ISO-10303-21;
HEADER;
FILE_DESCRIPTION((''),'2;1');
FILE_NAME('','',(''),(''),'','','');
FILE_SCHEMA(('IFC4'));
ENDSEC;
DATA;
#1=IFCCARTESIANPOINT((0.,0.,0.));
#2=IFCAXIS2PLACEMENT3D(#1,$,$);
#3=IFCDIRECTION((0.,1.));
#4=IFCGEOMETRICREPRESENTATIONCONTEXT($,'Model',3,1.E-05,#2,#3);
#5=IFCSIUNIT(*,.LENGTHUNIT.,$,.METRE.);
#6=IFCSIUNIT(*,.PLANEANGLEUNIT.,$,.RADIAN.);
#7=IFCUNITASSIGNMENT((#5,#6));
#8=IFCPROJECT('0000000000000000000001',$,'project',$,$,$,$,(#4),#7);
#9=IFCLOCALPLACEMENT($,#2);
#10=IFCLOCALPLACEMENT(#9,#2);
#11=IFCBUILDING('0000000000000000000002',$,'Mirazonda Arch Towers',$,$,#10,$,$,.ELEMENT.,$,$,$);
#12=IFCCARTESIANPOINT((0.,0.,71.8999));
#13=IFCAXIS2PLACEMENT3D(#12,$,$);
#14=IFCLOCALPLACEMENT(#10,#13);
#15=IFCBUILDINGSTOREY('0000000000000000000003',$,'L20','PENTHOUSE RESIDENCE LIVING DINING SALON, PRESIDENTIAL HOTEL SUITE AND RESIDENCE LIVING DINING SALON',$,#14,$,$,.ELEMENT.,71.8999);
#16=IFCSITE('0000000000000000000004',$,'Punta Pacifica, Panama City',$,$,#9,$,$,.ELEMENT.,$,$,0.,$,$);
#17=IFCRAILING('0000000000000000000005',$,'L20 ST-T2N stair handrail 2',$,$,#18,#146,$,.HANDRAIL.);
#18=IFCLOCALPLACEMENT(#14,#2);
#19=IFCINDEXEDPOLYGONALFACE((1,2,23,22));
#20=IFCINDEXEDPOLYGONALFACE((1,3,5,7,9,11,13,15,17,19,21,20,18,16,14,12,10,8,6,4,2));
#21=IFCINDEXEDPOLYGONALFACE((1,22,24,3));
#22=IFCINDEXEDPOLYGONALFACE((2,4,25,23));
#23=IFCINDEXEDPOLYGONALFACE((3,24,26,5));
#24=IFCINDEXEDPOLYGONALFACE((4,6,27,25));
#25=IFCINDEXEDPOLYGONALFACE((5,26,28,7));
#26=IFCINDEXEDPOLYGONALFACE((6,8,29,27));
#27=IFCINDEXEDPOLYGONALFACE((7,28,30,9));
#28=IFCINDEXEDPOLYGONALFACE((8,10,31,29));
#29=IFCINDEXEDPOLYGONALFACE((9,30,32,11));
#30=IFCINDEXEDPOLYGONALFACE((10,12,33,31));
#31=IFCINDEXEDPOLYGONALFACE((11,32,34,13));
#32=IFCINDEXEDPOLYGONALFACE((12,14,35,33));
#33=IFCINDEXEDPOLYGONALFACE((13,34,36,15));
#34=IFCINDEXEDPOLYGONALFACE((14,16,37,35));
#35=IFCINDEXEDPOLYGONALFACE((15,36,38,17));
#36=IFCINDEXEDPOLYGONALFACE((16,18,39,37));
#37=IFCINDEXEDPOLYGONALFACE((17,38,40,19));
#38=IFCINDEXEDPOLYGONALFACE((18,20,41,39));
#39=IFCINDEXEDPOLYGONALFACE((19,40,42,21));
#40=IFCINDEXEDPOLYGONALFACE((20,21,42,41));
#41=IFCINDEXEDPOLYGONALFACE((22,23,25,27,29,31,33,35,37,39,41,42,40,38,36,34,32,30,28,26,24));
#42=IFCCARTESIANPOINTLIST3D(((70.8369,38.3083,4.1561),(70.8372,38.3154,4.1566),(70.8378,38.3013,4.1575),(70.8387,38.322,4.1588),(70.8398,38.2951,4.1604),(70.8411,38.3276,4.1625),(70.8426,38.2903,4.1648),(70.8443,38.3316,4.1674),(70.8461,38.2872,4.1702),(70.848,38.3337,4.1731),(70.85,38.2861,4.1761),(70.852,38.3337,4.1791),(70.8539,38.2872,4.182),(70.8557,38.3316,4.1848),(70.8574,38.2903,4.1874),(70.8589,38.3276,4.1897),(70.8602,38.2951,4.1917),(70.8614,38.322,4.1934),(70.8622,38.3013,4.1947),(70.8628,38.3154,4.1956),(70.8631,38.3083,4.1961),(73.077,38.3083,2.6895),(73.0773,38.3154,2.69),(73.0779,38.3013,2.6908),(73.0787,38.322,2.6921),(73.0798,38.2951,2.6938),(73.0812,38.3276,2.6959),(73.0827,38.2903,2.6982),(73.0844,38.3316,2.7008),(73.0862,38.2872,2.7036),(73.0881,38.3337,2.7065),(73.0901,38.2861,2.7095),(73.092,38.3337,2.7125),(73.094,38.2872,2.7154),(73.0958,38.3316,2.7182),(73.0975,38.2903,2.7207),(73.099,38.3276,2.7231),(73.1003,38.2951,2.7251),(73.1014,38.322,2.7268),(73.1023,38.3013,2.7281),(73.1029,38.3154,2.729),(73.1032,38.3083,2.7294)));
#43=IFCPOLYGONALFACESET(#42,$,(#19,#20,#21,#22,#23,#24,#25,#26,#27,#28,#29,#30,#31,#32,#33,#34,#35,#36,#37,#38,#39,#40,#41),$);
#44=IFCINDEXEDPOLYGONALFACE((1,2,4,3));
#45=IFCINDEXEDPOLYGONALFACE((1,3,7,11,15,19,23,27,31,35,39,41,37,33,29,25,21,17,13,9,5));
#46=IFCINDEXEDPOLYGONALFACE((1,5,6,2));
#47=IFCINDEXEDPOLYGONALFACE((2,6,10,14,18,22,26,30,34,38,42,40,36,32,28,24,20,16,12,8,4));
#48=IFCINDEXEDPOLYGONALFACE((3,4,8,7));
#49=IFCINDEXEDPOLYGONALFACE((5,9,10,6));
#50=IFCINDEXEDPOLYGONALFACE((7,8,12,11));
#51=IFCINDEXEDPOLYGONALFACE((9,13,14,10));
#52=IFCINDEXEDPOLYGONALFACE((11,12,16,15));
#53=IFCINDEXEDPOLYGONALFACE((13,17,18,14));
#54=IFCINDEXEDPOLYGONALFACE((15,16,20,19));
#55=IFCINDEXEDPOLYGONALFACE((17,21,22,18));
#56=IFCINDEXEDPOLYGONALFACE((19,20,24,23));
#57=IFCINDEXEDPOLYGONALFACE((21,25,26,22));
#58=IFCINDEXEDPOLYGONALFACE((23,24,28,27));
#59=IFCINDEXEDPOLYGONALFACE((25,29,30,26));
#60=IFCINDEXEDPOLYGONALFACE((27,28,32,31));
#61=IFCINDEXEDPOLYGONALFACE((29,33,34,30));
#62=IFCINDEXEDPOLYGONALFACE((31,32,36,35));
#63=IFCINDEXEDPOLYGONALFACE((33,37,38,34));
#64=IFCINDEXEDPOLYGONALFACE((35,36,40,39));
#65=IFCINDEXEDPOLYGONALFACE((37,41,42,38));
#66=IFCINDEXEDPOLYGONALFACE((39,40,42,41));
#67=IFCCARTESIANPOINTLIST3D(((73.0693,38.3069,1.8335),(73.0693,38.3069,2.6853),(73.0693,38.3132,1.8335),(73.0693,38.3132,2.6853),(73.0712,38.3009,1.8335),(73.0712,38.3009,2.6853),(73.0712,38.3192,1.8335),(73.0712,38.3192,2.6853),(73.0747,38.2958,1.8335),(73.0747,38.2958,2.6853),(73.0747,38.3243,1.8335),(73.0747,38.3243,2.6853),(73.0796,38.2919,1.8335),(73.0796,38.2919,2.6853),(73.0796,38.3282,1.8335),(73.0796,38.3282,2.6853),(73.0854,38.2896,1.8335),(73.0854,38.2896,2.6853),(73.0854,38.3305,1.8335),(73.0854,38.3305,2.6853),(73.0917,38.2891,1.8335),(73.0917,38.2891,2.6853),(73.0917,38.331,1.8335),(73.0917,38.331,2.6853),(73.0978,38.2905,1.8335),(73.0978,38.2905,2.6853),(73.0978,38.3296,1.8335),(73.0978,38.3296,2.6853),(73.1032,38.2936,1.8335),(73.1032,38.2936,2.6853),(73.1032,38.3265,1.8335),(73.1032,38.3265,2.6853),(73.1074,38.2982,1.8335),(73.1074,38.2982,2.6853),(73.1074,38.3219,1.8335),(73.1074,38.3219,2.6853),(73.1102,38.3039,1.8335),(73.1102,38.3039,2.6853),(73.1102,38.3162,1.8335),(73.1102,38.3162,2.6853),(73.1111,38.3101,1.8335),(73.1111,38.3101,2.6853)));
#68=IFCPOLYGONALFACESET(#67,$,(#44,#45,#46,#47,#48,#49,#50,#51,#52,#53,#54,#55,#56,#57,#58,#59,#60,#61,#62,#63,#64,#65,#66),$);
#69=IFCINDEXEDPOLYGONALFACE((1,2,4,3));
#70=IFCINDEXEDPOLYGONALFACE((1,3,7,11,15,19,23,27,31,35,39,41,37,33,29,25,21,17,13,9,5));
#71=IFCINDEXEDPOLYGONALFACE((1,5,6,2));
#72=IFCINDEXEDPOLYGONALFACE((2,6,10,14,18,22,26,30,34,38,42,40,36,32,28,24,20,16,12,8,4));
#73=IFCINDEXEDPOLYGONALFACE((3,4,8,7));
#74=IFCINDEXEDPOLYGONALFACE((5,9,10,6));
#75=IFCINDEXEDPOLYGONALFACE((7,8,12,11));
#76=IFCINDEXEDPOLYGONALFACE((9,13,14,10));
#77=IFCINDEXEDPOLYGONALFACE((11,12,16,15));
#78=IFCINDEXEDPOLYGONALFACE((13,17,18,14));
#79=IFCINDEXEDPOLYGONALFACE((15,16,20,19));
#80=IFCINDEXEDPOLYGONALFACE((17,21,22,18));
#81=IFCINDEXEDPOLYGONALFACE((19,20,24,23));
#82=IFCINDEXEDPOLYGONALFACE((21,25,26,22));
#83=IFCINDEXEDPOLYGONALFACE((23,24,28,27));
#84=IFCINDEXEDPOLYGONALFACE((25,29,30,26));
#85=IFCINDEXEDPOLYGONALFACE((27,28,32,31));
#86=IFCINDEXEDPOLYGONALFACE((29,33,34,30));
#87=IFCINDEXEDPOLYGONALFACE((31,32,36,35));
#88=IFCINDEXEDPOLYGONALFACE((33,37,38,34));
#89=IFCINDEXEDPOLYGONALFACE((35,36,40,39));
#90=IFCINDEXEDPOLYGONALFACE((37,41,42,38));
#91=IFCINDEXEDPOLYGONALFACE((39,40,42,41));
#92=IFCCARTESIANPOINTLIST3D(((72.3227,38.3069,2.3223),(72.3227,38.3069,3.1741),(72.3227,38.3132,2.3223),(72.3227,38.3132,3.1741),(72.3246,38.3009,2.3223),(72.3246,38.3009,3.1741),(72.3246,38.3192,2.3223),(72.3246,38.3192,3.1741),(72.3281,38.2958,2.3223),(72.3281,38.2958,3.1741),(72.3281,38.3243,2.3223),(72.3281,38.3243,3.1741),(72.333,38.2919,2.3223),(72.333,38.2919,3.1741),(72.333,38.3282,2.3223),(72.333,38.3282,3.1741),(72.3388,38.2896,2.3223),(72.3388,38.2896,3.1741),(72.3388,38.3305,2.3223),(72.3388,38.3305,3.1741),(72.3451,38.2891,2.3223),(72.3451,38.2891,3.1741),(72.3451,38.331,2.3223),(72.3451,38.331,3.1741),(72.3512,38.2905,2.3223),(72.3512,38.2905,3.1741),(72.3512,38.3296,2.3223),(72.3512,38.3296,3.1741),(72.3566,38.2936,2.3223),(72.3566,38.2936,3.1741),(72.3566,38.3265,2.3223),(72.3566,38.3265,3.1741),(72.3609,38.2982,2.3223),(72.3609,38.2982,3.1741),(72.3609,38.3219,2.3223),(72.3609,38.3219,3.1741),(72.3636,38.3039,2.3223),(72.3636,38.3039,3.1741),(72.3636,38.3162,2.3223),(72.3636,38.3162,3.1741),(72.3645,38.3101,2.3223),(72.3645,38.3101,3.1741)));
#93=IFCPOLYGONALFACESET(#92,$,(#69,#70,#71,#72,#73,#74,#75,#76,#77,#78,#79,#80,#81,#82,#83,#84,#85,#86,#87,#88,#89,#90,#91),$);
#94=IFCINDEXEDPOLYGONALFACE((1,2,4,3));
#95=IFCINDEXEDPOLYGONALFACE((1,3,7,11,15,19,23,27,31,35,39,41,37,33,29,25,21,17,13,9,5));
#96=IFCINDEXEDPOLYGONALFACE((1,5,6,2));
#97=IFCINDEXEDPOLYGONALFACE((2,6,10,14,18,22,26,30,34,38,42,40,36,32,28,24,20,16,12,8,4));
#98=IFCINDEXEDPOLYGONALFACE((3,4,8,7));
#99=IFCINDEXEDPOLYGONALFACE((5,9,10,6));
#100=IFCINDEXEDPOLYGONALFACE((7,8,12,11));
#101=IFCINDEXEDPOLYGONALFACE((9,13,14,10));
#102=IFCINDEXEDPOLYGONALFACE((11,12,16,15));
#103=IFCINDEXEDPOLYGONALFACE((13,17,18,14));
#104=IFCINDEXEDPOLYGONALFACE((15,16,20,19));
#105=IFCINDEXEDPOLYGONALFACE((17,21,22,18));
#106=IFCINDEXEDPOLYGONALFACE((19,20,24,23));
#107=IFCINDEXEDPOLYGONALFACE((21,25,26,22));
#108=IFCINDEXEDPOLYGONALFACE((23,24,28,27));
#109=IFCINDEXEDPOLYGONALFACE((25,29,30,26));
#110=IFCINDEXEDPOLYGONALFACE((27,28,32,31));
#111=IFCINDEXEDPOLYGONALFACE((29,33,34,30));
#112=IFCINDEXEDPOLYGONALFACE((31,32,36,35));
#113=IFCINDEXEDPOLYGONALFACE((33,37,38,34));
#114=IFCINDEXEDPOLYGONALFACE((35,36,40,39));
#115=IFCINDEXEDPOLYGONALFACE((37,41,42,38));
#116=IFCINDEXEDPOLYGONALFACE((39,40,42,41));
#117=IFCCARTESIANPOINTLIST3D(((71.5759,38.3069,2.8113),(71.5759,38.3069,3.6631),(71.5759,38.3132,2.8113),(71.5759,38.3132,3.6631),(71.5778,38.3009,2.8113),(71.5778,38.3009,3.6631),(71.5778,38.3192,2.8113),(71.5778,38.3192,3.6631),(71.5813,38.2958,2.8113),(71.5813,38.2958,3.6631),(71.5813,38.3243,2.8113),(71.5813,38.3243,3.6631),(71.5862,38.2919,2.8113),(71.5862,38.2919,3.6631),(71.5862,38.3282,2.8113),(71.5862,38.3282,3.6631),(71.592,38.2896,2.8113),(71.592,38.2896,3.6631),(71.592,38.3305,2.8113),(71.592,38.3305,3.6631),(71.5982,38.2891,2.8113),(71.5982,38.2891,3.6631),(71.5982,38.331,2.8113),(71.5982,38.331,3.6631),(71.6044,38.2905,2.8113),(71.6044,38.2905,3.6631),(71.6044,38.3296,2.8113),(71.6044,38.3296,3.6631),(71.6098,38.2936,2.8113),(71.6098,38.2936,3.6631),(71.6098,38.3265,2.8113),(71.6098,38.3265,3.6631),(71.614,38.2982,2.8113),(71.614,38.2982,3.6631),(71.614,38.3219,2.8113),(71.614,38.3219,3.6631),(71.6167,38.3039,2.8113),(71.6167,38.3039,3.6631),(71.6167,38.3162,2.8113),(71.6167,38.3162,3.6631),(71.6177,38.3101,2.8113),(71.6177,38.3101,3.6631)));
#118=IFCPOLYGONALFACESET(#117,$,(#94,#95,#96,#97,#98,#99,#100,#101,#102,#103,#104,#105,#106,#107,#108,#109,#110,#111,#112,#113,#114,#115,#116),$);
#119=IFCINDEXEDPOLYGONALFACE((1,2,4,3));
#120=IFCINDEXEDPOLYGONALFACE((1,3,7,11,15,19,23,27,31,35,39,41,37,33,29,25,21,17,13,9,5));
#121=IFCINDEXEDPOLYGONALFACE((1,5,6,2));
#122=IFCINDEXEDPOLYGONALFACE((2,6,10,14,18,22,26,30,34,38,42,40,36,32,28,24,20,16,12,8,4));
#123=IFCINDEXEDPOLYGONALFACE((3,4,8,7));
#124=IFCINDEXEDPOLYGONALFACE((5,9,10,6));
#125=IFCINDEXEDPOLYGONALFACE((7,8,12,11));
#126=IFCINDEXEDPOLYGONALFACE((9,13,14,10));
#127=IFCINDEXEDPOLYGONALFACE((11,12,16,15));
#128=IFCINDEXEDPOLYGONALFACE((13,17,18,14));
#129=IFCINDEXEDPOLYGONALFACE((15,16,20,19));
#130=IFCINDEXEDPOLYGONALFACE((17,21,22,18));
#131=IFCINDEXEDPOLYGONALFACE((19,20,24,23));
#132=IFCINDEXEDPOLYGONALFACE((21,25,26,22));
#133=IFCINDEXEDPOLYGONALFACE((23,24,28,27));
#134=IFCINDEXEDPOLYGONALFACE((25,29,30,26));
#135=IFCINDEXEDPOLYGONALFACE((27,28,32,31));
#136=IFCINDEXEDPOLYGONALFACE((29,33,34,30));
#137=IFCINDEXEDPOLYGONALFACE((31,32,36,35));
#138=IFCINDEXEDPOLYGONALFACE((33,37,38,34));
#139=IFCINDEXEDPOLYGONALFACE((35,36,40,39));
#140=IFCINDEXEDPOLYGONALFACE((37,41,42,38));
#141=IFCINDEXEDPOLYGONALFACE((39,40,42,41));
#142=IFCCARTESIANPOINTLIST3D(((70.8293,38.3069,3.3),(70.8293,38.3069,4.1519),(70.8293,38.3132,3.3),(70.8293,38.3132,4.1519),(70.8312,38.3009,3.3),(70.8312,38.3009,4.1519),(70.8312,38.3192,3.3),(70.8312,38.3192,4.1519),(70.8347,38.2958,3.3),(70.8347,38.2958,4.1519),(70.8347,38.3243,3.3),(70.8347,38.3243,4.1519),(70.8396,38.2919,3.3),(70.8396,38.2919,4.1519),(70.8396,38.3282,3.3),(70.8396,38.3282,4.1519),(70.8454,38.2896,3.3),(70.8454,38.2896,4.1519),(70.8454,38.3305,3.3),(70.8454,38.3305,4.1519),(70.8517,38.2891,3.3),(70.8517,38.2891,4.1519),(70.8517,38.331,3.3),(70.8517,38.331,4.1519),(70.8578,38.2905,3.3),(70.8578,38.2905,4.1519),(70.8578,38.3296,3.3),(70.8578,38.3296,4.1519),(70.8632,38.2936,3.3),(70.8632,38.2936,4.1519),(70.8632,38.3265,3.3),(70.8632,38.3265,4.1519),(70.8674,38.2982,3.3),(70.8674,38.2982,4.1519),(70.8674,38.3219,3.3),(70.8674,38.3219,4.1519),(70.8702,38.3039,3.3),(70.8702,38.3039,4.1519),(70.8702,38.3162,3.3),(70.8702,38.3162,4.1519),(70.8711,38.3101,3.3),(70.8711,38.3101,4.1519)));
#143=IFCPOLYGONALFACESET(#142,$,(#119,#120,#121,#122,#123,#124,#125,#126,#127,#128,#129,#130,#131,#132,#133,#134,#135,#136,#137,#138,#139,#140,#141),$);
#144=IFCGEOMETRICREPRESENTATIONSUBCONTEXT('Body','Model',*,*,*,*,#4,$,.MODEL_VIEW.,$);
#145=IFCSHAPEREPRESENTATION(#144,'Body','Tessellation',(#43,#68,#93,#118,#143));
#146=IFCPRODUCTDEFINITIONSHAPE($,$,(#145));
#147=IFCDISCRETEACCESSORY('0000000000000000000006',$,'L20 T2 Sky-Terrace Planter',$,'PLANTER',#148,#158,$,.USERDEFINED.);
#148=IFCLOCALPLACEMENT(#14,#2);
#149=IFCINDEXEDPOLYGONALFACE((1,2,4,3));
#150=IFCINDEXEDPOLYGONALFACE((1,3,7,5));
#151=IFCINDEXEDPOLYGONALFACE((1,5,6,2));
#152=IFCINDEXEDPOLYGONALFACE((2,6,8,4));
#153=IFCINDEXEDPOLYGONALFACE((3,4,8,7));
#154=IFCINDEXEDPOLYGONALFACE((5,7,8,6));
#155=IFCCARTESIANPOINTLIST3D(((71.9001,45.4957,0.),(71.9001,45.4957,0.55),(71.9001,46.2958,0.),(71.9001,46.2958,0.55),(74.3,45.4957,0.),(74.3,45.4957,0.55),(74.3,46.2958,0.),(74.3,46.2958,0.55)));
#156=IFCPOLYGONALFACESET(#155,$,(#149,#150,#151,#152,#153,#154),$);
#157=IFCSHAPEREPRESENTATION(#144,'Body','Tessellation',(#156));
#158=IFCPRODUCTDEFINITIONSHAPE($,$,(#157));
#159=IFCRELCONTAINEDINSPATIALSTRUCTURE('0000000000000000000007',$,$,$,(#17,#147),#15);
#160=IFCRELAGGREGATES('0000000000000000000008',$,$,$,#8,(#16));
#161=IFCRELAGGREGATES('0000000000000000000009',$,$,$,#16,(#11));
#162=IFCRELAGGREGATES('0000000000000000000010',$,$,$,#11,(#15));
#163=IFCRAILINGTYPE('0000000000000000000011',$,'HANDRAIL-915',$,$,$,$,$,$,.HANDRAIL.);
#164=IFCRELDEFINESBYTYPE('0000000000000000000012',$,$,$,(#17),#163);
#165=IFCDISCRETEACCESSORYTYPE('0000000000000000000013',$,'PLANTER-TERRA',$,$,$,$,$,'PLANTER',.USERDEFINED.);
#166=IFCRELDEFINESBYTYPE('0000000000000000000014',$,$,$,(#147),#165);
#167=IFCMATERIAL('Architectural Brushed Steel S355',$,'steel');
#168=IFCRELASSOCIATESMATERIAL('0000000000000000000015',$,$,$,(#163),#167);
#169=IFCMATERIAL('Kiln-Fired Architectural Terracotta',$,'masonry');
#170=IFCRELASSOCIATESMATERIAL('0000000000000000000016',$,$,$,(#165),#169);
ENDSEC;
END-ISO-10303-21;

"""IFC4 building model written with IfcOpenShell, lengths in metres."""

from ifc_helpers import new_model, si_unit, direction, frame, origin, origin_2d, place, context, subcontext, project, spatial, rectangle, circle, extrude, material, type_object, element, save


model = new_model("IFC4")

# Units and contexts
model_context = context("Model", 3, precision=1e-05, world=origin(), true_north=direction((0.0, 1.0)))
body_context = subcontext(model_context, "Body", "Model", "MODEL_VIEW")
ifc_project = project(units=[si_unit("LENGTHUNIT", "METRE"), si_unit("PLANEANGLEUNIT", "RADIAN")], contexts=[model_context])

# Site, building, storey
site_placement = place(None, origin())
site = spatial("IfcSite", under=ifc_project, at=site_placement, Name="Punta Pacifica, Panama City", CompositionType="ELEMENT", RefElevation=0.0)
building_placement = place(site_placement, origin())
building = spatial("IfcBuilding", under=site, at=building_placement, Name="Mirazonda Arch Towers", CompositionType="ELEMENT")
storey_placement = place(building_placement, frame((0.0, 0.0, 71.8999)))
storey = spatial("IfcBuildingStorey", under=building, at=storey_placement, Name="L20", Description="PENTHOUSE RESIDENCE LIVING DINING SALON, PRESIDENTIAL HOTEL SUITE AND RESIDENCE LIVING DINING SALON", CompositionType="ELEMENT", Elevation=71.8999)

# Shared definitions
ifc_material_1 = material(Name="Kiln-Fired Architectural Terracotta", Category="masonry")

# Railing
ifc_material_2 = material(Name="Architectural Brushed Steel S355", Category="steel")
railing_type_1 = type_object("IfcRailingType", Name="HANDRAIL-915", PredefinedType="HANDRAIL", material=ifc_material_2)
railing_1_placement = place(storey_placement, frame((73.0901, 38.3101, 1.8335)))
element("IfcRailing", 1, at=railing_1_placement, inside=storey, type_object=railing_type_1, Name="L20 ST-T2N stair handrail 2", PredefinedType="HANDRAIL", context=body_context, shape_type="SweptSolid", body=[
    extrude(circle(Radius=0.0239, at=origin_2d()), frame((0.0, 0.0, 0.876), z_axis=(-0.836637, 0.0, 0.547758), x_axis=(0.0, -1.0, 0.0)), (0.0, 0.0, 1.0), 2.6775),
    extrude(circle(Radius=0.021, at=origin_2d()), origin(), (0.0, 0.0, 1.0), 0.8518),
    extrude(circle(Radius=0.021, at=origin_2d()), frame((-0.7466, 0.0, 0.4888)), (0.0, 0.0, 1.0), 0.8518),
    extrude(circle(Radius=0.021, at=origin_2d()), frame((-1.4934, 0.0, 0.9778)), (0.0, 0.0, 1.0), 0.8518),
    extrude(circle(Radius=0.021, at=origin_2d()), frame((-2.24, 0.0, 1.4666)), (0.0, 0.0, 1.0), 0.8518),
])

# Discrete accessory
discrete_accessory_type = type_object("IfcDiscreteAccessoryType", Name="PLANTER-TERRA", ElementType="PLANTER", PredefinedType="USERDEFINED", material=ifc_material_1)
discrete_accessory_placement = place(storey_placement, frame((73.1001, 45.8958, 0.0), z_axis=(0.0, 0.0, 1.0), x_axis=(1.0, 0.0, 0.0)))
element("IfcDiscreteAccessory", 2, at=discrete_accessory_placement, inside=storey, type_object=discrete_accessory_type, Name="L20 T2 Sky-Terrace Planter", ObjectType="PLANTER", PredefinedType="USERDEFINED", context=body_context, shape_type="SweptSolid", body=[
    extrude(rectangle(XDim=2.3999, YDim=0.8, at=origin_2d()), origin(), (0.0, 0.0, 1.0), 0.55),
])

save(model, "model.ifc")
